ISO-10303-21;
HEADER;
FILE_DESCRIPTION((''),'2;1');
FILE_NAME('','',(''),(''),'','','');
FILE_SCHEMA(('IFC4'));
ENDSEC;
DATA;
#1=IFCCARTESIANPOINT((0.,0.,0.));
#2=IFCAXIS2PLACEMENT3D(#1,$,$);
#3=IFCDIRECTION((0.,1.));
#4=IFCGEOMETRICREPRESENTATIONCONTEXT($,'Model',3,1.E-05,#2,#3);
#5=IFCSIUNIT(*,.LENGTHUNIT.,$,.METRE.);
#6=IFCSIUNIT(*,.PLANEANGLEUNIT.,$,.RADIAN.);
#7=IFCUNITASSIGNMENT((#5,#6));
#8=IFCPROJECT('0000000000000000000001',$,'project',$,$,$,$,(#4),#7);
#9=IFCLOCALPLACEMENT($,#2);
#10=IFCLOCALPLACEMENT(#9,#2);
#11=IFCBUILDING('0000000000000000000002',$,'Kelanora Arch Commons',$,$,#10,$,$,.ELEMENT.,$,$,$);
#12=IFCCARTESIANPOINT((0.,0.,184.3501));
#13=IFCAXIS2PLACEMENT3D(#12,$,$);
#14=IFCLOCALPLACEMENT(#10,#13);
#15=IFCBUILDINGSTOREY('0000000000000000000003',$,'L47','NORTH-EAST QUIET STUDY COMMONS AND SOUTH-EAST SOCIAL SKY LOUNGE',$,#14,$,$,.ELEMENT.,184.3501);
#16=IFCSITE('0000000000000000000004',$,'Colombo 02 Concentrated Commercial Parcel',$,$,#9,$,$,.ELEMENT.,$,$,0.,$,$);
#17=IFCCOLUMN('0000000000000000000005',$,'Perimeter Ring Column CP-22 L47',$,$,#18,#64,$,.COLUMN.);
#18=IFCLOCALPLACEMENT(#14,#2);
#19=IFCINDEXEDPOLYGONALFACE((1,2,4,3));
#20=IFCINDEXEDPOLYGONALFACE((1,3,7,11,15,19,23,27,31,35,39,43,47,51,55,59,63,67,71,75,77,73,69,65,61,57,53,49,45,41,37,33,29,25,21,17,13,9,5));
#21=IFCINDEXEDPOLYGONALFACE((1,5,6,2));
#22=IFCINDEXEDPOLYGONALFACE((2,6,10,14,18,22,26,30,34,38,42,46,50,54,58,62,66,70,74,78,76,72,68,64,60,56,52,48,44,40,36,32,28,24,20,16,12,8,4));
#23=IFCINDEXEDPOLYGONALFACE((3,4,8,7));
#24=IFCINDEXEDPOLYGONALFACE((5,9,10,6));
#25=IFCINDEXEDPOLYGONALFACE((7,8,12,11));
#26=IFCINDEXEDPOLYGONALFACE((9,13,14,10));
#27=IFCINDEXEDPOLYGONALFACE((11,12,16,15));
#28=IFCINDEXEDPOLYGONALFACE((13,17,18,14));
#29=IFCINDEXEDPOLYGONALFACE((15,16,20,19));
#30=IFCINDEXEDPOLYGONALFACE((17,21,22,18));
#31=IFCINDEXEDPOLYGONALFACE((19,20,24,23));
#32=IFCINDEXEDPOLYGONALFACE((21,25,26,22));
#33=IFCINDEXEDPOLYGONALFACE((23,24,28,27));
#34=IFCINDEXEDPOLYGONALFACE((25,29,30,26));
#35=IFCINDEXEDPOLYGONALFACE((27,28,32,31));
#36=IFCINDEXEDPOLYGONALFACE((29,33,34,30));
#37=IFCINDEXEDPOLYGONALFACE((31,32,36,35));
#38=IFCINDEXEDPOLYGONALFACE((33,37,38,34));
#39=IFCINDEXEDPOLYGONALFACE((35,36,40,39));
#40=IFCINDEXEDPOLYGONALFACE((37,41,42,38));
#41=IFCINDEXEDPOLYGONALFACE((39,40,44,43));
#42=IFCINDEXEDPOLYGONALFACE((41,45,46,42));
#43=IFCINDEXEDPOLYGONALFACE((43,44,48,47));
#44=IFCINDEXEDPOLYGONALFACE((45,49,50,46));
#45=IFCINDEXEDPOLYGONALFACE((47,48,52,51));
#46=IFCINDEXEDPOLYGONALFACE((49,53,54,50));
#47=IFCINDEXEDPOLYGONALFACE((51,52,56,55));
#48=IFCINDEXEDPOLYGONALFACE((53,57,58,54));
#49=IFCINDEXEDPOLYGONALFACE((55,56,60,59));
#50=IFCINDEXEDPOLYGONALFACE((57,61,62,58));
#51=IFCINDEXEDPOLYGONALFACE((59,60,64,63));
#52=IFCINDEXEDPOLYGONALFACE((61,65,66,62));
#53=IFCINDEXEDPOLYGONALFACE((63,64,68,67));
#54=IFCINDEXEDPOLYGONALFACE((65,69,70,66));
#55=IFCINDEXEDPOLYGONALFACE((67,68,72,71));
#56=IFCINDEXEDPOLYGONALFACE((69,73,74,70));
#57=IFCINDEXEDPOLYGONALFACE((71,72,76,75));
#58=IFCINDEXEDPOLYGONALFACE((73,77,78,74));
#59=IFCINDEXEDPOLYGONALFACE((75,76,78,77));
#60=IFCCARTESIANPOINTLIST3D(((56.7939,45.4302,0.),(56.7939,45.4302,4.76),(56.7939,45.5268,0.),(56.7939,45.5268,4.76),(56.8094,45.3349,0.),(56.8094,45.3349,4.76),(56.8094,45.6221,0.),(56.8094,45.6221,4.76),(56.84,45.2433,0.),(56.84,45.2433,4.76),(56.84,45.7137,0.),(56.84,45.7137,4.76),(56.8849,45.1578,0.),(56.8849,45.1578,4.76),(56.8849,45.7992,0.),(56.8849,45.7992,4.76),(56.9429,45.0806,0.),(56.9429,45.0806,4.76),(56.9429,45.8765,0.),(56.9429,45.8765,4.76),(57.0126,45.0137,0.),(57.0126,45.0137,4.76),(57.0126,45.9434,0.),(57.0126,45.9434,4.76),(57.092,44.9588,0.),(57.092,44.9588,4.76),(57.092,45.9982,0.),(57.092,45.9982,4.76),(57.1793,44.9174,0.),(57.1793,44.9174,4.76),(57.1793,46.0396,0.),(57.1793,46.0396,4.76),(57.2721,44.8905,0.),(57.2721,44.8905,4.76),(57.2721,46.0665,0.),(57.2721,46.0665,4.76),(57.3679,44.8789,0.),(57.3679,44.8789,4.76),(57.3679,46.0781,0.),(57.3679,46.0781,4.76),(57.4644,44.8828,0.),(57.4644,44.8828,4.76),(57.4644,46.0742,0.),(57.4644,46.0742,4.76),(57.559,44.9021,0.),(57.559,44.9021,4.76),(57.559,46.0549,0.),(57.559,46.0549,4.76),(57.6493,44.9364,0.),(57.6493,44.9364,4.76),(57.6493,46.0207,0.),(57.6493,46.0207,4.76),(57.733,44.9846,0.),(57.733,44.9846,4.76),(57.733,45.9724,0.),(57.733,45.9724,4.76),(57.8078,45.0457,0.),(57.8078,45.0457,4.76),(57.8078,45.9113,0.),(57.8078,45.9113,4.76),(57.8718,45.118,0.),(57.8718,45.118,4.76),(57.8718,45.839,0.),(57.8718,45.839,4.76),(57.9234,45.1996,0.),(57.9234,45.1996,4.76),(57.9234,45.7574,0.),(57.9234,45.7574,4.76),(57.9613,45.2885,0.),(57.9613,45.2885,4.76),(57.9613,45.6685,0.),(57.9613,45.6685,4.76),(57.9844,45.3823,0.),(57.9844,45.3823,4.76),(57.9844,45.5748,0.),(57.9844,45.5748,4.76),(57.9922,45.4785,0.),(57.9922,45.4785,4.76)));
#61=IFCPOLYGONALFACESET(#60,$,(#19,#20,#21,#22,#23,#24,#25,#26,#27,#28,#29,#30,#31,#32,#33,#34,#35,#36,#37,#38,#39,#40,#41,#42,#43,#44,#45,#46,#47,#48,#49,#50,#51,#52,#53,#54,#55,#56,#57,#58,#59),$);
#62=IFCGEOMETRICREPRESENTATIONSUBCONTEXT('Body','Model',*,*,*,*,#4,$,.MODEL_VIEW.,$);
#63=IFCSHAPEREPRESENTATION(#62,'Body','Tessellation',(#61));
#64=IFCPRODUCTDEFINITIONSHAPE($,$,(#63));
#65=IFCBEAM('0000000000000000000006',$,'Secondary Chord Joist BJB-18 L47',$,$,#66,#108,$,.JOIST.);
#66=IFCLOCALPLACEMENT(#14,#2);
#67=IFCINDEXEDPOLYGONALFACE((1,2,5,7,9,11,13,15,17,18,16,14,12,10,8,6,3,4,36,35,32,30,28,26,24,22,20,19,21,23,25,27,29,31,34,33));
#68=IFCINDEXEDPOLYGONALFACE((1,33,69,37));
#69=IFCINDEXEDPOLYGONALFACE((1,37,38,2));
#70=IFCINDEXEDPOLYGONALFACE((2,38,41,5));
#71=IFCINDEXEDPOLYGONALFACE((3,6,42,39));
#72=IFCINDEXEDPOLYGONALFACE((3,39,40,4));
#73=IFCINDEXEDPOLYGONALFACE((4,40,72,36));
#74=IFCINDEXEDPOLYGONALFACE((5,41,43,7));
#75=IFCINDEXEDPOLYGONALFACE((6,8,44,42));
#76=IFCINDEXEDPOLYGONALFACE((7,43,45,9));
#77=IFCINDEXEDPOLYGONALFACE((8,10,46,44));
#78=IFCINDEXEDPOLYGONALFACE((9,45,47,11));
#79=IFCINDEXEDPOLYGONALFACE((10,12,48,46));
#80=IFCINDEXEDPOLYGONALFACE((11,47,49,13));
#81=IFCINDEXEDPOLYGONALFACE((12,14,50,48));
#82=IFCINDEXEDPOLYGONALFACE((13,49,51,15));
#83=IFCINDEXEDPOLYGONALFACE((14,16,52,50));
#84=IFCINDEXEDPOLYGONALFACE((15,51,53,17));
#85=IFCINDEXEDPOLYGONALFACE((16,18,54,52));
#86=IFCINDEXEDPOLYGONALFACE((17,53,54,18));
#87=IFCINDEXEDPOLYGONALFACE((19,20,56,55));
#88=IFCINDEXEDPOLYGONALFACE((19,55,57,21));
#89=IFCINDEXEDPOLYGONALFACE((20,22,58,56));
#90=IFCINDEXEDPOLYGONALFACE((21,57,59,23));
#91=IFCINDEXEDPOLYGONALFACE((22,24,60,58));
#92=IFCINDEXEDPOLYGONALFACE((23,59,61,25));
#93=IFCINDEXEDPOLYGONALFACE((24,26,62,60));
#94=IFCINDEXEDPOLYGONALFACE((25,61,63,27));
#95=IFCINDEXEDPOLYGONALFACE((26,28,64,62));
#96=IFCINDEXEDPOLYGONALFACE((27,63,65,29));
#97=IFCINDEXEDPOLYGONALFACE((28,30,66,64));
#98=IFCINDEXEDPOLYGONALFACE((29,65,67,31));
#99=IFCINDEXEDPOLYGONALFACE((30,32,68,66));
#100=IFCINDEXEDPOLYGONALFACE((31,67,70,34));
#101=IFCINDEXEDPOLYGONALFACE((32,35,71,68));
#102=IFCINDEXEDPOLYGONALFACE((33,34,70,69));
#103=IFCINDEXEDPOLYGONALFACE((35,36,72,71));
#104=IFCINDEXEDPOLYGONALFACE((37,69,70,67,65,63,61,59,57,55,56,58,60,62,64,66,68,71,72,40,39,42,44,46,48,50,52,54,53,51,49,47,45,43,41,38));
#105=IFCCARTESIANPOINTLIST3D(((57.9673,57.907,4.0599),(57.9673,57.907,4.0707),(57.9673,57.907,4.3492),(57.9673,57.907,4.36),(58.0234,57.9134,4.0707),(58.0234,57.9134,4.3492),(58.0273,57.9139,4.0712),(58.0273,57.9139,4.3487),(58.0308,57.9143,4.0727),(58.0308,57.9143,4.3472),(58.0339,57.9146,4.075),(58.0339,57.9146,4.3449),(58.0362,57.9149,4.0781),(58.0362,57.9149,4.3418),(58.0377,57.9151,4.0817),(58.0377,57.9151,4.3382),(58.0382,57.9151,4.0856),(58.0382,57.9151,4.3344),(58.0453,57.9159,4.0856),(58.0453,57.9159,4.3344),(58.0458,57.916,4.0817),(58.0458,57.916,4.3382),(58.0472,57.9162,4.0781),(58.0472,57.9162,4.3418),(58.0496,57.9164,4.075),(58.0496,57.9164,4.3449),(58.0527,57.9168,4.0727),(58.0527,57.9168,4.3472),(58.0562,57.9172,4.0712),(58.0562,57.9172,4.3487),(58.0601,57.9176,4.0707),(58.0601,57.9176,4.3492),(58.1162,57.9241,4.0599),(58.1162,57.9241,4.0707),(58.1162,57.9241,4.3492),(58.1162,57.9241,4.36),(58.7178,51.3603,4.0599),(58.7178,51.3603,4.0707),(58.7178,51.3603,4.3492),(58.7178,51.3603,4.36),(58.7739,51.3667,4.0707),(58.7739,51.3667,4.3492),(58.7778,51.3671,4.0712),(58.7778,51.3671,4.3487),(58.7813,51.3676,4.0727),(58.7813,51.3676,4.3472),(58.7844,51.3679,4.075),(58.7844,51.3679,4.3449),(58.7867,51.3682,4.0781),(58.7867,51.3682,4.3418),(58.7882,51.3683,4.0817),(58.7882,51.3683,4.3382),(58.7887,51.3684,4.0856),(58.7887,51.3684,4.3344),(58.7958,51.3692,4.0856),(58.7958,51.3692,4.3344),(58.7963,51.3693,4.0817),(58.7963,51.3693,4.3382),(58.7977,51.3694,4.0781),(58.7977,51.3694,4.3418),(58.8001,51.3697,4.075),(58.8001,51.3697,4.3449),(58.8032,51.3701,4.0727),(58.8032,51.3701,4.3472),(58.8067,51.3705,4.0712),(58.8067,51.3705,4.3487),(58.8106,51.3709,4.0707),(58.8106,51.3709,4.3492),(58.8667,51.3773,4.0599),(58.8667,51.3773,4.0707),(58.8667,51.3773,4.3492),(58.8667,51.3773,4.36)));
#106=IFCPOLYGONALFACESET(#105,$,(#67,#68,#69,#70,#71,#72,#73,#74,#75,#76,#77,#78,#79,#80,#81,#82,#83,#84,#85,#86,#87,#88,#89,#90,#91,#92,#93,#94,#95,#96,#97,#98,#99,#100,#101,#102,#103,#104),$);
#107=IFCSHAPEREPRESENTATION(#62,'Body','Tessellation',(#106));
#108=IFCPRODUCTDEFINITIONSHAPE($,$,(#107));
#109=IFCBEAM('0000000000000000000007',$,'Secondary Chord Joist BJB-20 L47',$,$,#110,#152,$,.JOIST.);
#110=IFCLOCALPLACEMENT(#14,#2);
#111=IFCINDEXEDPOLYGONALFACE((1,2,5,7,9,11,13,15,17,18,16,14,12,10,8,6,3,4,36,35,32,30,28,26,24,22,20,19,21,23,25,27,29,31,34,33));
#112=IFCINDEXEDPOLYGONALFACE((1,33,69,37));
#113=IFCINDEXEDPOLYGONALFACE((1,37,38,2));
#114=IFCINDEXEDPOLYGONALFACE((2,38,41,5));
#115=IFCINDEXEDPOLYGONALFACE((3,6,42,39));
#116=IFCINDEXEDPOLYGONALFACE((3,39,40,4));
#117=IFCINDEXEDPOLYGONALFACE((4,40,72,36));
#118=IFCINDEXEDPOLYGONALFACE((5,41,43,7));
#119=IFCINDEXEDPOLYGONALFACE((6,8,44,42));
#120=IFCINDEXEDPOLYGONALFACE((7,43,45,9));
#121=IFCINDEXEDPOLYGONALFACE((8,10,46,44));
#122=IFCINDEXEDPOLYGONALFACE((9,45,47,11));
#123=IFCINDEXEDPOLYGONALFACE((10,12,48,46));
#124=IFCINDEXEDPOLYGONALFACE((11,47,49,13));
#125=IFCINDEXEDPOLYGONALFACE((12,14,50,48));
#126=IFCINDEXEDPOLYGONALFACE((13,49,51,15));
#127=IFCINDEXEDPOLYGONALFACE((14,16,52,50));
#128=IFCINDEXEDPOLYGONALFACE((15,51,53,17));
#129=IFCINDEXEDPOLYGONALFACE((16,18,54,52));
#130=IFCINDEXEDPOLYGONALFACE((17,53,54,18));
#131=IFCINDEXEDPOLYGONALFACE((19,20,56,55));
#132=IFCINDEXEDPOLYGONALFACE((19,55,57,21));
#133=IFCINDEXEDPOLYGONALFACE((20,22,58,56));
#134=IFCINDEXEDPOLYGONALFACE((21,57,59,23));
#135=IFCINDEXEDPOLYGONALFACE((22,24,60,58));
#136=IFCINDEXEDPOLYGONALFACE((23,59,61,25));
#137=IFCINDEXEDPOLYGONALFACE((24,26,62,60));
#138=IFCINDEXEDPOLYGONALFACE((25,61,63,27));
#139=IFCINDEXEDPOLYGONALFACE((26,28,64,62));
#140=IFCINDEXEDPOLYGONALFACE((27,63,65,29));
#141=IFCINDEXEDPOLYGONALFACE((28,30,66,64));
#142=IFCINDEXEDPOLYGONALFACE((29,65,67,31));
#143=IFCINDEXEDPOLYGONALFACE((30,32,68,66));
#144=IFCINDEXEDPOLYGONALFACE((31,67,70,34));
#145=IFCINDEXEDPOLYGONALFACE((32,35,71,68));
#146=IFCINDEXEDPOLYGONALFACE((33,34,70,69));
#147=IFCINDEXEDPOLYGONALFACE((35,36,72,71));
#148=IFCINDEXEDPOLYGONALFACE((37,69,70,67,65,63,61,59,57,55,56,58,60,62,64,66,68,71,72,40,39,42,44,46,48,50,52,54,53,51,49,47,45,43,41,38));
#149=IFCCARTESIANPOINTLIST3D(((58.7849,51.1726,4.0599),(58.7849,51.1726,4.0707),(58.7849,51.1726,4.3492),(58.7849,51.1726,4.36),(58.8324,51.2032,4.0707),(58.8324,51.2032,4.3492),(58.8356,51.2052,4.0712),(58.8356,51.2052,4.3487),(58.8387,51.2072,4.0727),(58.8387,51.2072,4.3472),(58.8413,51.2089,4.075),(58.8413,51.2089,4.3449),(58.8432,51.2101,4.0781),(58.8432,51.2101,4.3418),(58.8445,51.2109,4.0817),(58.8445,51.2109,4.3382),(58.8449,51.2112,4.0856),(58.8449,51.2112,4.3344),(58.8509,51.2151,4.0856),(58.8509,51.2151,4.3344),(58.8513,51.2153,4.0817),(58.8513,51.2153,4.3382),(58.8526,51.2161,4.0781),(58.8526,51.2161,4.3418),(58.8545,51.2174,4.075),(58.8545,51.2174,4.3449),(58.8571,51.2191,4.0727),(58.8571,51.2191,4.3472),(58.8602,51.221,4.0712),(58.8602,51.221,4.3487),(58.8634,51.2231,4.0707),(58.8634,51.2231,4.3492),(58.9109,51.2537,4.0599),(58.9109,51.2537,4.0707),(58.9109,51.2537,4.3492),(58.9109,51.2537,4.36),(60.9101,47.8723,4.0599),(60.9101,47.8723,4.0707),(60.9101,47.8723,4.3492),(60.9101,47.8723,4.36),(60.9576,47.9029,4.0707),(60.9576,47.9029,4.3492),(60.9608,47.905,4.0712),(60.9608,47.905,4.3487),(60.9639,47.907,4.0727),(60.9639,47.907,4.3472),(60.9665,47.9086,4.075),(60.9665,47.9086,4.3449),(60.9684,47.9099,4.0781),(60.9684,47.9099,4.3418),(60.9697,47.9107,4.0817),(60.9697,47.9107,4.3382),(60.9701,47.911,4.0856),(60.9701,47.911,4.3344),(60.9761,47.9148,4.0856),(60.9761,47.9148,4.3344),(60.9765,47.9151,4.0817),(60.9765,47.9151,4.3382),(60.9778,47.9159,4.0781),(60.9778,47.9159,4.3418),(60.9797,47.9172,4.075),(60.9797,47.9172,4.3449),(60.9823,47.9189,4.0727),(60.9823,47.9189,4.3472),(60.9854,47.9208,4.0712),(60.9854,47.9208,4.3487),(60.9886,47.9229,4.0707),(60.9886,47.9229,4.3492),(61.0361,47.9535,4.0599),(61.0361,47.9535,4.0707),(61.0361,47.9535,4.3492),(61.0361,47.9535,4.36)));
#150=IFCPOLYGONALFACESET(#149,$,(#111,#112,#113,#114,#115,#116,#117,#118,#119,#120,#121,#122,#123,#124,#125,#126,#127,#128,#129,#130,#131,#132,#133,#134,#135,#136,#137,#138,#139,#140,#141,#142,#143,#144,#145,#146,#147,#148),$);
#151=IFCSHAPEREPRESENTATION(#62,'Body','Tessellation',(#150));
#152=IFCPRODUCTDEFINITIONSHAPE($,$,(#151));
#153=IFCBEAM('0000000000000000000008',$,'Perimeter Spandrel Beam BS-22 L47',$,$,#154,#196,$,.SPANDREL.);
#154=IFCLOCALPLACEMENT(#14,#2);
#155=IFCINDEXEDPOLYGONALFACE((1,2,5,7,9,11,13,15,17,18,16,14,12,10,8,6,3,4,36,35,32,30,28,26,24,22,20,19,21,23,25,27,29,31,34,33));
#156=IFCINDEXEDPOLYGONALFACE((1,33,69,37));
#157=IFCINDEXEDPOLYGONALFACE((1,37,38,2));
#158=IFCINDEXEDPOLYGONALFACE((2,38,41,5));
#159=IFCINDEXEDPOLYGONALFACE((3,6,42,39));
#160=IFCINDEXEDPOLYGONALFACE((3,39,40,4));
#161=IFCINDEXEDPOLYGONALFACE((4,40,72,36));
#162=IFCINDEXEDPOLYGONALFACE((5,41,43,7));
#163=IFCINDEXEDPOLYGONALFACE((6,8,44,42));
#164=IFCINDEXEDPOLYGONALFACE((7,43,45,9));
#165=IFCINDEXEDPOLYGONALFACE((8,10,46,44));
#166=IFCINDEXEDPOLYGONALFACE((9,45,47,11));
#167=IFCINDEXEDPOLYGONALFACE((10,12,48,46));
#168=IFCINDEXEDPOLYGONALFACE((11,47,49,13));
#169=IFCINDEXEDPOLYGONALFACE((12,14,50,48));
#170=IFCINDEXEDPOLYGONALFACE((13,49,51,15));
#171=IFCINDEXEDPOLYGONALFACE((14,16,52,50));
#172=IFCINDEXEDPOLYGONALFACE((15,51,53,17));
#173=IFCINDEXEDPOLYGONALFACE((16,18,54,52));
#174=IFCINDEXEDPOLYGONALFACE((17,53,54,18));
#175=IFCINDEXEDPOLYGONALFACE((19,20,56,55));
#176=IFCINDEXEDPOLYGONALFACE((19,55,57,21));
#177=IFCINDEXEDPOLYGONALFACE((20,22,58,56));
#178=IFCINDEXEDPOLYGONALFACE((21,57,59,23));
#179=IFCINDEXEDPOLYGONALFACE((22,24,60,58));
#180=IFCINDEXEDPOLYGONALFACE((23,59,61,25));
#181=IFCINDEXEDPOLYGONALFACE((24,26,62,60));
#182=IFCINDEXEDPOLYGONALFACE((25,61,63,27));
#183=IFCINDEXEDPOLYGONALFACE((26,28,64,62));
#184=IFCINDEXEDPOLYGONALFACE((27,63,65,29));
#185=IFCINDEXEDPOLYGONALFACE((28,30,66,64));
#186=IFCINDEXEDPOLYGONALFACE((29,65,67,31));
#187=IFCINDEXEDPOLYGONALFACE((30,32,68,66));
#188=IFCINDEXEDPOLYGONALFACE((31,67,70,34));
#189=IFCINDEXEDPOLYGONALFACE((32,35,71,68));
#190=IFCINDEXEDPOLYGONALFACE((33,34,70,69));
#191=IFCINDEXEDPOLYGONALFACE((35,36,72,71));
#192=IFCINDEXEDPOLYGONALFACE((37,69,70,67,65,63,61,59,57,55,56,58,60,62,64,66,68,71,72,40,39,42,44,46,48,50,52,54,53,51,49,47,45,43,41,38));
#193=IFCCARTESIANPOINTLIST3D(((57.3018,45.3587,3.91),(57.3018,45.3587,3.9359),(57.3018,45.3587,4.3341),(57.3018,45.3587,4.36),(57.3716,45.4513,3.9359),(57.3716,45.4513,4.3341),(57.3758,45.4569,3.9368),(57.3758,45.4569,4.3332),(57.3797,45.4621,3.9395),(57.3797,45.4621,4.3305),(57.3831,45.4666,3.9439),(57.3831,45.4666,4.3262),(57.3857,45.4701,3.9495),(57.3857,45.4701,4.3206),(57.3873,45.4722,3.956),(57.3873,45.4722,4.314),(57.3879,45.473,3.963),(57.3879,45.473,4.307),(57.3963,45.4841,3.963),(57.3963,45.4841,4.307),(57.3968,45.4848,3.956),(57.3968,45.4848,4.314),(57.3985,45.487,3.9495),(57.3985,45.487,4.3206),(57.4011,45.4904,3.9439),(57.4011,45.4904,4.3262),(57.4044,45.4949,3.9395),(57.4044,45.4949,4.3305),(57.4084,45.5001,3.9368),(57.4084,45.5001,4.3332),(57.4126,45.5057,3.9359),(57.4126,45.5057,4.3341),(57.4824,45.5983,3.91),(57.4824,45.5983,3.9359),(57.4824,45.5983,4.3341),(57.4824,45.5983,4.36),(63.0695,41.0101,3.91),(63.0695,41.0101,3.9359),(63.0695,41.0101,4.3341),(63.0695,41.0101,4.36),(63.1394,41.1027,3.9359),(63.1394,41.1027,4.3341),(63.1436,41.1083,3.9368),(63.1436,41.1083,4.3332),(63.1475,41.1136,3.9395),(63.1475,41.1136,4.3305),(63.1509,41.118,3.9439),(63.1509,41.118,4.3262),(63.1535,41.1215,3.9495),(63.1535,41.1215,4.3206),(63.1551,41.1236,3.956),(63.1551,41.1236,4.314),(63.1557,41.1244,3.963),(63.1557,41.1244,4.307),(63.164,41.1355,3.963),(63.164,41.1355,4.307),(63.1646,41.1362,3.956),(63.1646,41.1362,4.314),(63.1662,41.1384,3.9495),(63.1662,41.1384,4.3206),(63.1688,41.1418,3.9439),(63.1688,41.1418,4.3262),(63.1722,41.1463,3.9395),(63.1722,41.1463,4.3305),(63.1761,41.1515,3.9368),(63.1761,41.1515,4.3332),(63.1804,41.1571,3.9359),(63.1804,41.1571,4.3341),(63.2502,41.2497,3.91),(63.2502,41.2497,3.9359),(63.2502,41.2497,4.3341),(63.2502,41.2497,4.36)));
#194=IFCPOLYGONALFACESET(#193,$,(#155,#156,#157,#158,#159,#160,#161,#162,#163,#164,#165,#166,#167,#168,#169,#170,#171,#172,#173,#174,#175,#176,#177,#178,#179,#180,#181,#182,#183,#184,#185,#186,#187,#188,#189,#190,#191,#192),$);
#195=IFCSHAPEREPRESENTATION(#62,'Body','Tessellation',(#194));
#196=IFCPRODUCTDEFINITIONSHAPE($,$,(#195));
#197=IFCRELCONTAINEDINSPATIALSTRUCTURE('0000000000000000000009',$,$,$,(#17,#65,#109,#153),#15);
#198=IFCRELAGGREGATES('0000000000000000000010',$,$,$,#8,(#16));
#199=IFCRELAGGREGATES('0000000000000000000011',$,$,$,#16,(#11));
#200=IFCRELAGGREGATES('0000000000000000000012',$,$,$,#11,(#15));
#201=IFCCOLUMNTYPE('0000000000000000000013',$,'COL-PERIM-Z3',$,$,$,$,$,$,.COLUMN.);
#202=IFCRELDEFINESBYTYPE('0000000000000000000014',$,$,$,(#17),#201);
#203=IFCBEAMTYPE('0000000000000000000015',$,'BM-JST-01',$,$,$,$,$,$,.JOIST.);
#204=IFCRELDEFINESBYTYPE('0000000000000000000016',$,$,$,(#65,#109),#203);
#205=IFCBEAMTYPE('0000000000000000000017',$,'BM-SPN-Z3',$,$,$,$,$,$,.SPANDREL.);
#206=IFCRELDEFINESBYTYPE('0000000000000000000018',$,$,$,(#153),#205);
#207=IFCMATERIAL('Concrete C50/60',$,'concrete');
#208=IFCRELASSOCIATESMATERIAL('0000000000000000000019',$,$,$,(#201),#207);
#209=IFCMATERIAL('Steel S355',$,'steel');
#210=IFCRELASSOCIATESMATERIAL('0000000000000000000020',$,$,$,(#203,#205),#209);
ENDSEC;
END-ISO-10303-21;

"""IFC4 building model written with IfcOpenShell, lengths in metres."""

from ifc_helpers import new_model, si_unit, direction, frame, origin, origin_2d, place, context, subcontext, project, spatial, circle, i_section, extrude, material, material_profile, profile_set, type_object, element, save


model = new_model("IFC4")

# Units and contexts
model_context = context("Model", 3, precision=1e-05, world=origin(), true_north=direction((0.0, 1.0)))
body_context = subcontext(model_context, "Body", "Model", "MODEL_VIEW")
ifc_project = project(units=[si_unit("LENGTHUNIT", "METRE"), si_unit("PLANEANGLEUNIT", "RADIAN")], contexts=[model_context])

# Site, building, storey
site_placement = place(None, origin())
site = spatial("IfcSite", under=ifc_project, at=site_placement, Name="Colombo 02 Concentrated Commercial Parcel", CompositionType="ELEMENT", RefElevation=0.0)
building_placement = place(site_placement, origin())
building = spatial("IfcBuilding", under=site, at=building_placement, Name="Kelanora Arch Commons", CompositionType="ELEMENT")
storey_placement = place(building_placement, frame((0.0, 0.0, 184.3501)))
storey = spatial("IfcBuildingStorey", under=building, at=storey_placement, Name="L47", Description="NORTH-EAST QUIET STUDY COMMONS AND SOUTH-EAST SOCIAL SKY LOUNGE", CompositionType="ELEMENT", Elevation=184.3501)

# Column
ifc_material_1 = material(Name="Concrete C50/60", Category="concrete")
ifc_material_profile_1 = material_profile(ifc_material_1, circle(Radius=0.6001, at=origin_2d()), Name="RCC1200")
ifc_profile_set_1 = profile_set([ifc_material_profile_1], Name="Concrete C50/60")
column_type = type_object("IfcColumnType", Name="COL-PERIM-Z3", PredefinedType="COLUMN", material=ifc_profile_set_1)
column_placement = place(storey_placement, frame((57.3921, 45.4785, 0.0), z_axis=(0.0, 0.0, 1.0), x_axis=(1.0, 0.0, 0.0)))
element("IfcColumn", 1, at=column_placement, inside=storey, type_object=column_type, Name="Perimeter Ring Column CP-22 L47", PredefinedType="COLUMN", context=body_context, shape_type="SweptSolid", body=[
    extrude(circle(Radius=0.6001, at=origin_2d()), origin(), (0.0, 0.0, 1.0), 4.76),
])

# Beams
ifc_material_2 = material(Name="Steel S355", Category="steel")
ifc_material_profile_2 = material_profile(ifc_material_2, i_section(OverallWidth=0.1499, OverallDepth=0.3, WebThickness=0.0071, FlangeThickness=0.0107, FilletRadius=0.0149, at=origin_2d()), Name="IPE300")
ifc_profile_set_2 = profile_set([ifc_material_profile_2], Name="Steel S355")
beam_type_1 = type_object("IfcBeamType", Name="BM-JST-01", PredefinedType="JOIST", material=ifc_profile_set_2)
beam_1_placement = place(storey_placement, frame((58.0417, 57.9155, 4.21), z_axis=(0.113891, -0.993493, 0.0), x_axis=(0.993493, 0.113891, 0.0)))
element("IfcBeam", 2, at=beam_1_placement, inside=storey, type_object=beam_type_1, Name="Secondary Chord Joist BJB-18 L47", PredefinedType="JOIST", context=body_context, shape_type="SweptSolid", body=[
    extrude(i_section(OverallWidth=0.1499, OverallDepth=0.3, WebThickness=0.0071, FlangeThickness=0.0107, FilletRadius=0.0149, at=origin_2d()), origin(), (0.0, 0.0, 1.0), 6.5896),
])
beam_2_placement = place(storey_placement, frame((58.8479, 51.2131, 4.21), z_axis=(0.541411, -0.840758, 0.0), x_axis=(0.840758, 0.541411, 0.0)))
element("IfcBeam", 3, at=beam_2_placement, inside=storey, type_object=beam_type_1, Name="Secondary Chord Joist BJB-20 L47", PredefinedType="JOIST", context=body_context, shape_type="SweptSolid", body=[
    extrude(i_section(OverallWidth=0.1499, OverallDepth=0.3, WebThickness=0.0071, FlangeThickness=0.0107, FilletRadius=0.0149, at=origin_2d()), origin(), (0.0, 0.0, 1.0), 3.9253),
])
ifc_material_profile_3 = material_profile(ifc_material_2, i_section(OverallWidth=0.3, OverallDepth=0.45, WebThickness=0.0139, FlangeThickness=0.0259, FilletRadius=0.0271, at=origin_2d()), Name="HEB450")
ifc_profile_set_3 = profile_set([ifc_material_profile_3], Name="Steel S355")
beam_type_2 = type_object("IfcBeamType", Name="BM-SPN-Z3", PredefinedType="SPANDREL", material=ifc_profile_set_3)
beam_3_placement = place(storey_placement, frame((57.3921, 45.4785, 4.135), z_axis=(0.798485, -0.602015, 0.0), x_axis=(0.602015, 0.798485, 0.0)))
element("IfcBeam", 4, at=beam_3_placement, inside=storey, type_object=beam_type_2, Name="Perimeter Spandrel Beam BS-22 L47", PredefinedType="SPANDREL", context=body_context, shape_type="SweptSolid", body=[
    extrude(i_section(OverallWidth=0.3, OverallDepth=0.45, WebThickness=0.0139, FlangeThickness=0.0259, FilletRadius=0.0271, at=origin_2d()), origin(), (0.0, 0.0, 1.0), 7.2234),
])

save(model, "model.ifc")
